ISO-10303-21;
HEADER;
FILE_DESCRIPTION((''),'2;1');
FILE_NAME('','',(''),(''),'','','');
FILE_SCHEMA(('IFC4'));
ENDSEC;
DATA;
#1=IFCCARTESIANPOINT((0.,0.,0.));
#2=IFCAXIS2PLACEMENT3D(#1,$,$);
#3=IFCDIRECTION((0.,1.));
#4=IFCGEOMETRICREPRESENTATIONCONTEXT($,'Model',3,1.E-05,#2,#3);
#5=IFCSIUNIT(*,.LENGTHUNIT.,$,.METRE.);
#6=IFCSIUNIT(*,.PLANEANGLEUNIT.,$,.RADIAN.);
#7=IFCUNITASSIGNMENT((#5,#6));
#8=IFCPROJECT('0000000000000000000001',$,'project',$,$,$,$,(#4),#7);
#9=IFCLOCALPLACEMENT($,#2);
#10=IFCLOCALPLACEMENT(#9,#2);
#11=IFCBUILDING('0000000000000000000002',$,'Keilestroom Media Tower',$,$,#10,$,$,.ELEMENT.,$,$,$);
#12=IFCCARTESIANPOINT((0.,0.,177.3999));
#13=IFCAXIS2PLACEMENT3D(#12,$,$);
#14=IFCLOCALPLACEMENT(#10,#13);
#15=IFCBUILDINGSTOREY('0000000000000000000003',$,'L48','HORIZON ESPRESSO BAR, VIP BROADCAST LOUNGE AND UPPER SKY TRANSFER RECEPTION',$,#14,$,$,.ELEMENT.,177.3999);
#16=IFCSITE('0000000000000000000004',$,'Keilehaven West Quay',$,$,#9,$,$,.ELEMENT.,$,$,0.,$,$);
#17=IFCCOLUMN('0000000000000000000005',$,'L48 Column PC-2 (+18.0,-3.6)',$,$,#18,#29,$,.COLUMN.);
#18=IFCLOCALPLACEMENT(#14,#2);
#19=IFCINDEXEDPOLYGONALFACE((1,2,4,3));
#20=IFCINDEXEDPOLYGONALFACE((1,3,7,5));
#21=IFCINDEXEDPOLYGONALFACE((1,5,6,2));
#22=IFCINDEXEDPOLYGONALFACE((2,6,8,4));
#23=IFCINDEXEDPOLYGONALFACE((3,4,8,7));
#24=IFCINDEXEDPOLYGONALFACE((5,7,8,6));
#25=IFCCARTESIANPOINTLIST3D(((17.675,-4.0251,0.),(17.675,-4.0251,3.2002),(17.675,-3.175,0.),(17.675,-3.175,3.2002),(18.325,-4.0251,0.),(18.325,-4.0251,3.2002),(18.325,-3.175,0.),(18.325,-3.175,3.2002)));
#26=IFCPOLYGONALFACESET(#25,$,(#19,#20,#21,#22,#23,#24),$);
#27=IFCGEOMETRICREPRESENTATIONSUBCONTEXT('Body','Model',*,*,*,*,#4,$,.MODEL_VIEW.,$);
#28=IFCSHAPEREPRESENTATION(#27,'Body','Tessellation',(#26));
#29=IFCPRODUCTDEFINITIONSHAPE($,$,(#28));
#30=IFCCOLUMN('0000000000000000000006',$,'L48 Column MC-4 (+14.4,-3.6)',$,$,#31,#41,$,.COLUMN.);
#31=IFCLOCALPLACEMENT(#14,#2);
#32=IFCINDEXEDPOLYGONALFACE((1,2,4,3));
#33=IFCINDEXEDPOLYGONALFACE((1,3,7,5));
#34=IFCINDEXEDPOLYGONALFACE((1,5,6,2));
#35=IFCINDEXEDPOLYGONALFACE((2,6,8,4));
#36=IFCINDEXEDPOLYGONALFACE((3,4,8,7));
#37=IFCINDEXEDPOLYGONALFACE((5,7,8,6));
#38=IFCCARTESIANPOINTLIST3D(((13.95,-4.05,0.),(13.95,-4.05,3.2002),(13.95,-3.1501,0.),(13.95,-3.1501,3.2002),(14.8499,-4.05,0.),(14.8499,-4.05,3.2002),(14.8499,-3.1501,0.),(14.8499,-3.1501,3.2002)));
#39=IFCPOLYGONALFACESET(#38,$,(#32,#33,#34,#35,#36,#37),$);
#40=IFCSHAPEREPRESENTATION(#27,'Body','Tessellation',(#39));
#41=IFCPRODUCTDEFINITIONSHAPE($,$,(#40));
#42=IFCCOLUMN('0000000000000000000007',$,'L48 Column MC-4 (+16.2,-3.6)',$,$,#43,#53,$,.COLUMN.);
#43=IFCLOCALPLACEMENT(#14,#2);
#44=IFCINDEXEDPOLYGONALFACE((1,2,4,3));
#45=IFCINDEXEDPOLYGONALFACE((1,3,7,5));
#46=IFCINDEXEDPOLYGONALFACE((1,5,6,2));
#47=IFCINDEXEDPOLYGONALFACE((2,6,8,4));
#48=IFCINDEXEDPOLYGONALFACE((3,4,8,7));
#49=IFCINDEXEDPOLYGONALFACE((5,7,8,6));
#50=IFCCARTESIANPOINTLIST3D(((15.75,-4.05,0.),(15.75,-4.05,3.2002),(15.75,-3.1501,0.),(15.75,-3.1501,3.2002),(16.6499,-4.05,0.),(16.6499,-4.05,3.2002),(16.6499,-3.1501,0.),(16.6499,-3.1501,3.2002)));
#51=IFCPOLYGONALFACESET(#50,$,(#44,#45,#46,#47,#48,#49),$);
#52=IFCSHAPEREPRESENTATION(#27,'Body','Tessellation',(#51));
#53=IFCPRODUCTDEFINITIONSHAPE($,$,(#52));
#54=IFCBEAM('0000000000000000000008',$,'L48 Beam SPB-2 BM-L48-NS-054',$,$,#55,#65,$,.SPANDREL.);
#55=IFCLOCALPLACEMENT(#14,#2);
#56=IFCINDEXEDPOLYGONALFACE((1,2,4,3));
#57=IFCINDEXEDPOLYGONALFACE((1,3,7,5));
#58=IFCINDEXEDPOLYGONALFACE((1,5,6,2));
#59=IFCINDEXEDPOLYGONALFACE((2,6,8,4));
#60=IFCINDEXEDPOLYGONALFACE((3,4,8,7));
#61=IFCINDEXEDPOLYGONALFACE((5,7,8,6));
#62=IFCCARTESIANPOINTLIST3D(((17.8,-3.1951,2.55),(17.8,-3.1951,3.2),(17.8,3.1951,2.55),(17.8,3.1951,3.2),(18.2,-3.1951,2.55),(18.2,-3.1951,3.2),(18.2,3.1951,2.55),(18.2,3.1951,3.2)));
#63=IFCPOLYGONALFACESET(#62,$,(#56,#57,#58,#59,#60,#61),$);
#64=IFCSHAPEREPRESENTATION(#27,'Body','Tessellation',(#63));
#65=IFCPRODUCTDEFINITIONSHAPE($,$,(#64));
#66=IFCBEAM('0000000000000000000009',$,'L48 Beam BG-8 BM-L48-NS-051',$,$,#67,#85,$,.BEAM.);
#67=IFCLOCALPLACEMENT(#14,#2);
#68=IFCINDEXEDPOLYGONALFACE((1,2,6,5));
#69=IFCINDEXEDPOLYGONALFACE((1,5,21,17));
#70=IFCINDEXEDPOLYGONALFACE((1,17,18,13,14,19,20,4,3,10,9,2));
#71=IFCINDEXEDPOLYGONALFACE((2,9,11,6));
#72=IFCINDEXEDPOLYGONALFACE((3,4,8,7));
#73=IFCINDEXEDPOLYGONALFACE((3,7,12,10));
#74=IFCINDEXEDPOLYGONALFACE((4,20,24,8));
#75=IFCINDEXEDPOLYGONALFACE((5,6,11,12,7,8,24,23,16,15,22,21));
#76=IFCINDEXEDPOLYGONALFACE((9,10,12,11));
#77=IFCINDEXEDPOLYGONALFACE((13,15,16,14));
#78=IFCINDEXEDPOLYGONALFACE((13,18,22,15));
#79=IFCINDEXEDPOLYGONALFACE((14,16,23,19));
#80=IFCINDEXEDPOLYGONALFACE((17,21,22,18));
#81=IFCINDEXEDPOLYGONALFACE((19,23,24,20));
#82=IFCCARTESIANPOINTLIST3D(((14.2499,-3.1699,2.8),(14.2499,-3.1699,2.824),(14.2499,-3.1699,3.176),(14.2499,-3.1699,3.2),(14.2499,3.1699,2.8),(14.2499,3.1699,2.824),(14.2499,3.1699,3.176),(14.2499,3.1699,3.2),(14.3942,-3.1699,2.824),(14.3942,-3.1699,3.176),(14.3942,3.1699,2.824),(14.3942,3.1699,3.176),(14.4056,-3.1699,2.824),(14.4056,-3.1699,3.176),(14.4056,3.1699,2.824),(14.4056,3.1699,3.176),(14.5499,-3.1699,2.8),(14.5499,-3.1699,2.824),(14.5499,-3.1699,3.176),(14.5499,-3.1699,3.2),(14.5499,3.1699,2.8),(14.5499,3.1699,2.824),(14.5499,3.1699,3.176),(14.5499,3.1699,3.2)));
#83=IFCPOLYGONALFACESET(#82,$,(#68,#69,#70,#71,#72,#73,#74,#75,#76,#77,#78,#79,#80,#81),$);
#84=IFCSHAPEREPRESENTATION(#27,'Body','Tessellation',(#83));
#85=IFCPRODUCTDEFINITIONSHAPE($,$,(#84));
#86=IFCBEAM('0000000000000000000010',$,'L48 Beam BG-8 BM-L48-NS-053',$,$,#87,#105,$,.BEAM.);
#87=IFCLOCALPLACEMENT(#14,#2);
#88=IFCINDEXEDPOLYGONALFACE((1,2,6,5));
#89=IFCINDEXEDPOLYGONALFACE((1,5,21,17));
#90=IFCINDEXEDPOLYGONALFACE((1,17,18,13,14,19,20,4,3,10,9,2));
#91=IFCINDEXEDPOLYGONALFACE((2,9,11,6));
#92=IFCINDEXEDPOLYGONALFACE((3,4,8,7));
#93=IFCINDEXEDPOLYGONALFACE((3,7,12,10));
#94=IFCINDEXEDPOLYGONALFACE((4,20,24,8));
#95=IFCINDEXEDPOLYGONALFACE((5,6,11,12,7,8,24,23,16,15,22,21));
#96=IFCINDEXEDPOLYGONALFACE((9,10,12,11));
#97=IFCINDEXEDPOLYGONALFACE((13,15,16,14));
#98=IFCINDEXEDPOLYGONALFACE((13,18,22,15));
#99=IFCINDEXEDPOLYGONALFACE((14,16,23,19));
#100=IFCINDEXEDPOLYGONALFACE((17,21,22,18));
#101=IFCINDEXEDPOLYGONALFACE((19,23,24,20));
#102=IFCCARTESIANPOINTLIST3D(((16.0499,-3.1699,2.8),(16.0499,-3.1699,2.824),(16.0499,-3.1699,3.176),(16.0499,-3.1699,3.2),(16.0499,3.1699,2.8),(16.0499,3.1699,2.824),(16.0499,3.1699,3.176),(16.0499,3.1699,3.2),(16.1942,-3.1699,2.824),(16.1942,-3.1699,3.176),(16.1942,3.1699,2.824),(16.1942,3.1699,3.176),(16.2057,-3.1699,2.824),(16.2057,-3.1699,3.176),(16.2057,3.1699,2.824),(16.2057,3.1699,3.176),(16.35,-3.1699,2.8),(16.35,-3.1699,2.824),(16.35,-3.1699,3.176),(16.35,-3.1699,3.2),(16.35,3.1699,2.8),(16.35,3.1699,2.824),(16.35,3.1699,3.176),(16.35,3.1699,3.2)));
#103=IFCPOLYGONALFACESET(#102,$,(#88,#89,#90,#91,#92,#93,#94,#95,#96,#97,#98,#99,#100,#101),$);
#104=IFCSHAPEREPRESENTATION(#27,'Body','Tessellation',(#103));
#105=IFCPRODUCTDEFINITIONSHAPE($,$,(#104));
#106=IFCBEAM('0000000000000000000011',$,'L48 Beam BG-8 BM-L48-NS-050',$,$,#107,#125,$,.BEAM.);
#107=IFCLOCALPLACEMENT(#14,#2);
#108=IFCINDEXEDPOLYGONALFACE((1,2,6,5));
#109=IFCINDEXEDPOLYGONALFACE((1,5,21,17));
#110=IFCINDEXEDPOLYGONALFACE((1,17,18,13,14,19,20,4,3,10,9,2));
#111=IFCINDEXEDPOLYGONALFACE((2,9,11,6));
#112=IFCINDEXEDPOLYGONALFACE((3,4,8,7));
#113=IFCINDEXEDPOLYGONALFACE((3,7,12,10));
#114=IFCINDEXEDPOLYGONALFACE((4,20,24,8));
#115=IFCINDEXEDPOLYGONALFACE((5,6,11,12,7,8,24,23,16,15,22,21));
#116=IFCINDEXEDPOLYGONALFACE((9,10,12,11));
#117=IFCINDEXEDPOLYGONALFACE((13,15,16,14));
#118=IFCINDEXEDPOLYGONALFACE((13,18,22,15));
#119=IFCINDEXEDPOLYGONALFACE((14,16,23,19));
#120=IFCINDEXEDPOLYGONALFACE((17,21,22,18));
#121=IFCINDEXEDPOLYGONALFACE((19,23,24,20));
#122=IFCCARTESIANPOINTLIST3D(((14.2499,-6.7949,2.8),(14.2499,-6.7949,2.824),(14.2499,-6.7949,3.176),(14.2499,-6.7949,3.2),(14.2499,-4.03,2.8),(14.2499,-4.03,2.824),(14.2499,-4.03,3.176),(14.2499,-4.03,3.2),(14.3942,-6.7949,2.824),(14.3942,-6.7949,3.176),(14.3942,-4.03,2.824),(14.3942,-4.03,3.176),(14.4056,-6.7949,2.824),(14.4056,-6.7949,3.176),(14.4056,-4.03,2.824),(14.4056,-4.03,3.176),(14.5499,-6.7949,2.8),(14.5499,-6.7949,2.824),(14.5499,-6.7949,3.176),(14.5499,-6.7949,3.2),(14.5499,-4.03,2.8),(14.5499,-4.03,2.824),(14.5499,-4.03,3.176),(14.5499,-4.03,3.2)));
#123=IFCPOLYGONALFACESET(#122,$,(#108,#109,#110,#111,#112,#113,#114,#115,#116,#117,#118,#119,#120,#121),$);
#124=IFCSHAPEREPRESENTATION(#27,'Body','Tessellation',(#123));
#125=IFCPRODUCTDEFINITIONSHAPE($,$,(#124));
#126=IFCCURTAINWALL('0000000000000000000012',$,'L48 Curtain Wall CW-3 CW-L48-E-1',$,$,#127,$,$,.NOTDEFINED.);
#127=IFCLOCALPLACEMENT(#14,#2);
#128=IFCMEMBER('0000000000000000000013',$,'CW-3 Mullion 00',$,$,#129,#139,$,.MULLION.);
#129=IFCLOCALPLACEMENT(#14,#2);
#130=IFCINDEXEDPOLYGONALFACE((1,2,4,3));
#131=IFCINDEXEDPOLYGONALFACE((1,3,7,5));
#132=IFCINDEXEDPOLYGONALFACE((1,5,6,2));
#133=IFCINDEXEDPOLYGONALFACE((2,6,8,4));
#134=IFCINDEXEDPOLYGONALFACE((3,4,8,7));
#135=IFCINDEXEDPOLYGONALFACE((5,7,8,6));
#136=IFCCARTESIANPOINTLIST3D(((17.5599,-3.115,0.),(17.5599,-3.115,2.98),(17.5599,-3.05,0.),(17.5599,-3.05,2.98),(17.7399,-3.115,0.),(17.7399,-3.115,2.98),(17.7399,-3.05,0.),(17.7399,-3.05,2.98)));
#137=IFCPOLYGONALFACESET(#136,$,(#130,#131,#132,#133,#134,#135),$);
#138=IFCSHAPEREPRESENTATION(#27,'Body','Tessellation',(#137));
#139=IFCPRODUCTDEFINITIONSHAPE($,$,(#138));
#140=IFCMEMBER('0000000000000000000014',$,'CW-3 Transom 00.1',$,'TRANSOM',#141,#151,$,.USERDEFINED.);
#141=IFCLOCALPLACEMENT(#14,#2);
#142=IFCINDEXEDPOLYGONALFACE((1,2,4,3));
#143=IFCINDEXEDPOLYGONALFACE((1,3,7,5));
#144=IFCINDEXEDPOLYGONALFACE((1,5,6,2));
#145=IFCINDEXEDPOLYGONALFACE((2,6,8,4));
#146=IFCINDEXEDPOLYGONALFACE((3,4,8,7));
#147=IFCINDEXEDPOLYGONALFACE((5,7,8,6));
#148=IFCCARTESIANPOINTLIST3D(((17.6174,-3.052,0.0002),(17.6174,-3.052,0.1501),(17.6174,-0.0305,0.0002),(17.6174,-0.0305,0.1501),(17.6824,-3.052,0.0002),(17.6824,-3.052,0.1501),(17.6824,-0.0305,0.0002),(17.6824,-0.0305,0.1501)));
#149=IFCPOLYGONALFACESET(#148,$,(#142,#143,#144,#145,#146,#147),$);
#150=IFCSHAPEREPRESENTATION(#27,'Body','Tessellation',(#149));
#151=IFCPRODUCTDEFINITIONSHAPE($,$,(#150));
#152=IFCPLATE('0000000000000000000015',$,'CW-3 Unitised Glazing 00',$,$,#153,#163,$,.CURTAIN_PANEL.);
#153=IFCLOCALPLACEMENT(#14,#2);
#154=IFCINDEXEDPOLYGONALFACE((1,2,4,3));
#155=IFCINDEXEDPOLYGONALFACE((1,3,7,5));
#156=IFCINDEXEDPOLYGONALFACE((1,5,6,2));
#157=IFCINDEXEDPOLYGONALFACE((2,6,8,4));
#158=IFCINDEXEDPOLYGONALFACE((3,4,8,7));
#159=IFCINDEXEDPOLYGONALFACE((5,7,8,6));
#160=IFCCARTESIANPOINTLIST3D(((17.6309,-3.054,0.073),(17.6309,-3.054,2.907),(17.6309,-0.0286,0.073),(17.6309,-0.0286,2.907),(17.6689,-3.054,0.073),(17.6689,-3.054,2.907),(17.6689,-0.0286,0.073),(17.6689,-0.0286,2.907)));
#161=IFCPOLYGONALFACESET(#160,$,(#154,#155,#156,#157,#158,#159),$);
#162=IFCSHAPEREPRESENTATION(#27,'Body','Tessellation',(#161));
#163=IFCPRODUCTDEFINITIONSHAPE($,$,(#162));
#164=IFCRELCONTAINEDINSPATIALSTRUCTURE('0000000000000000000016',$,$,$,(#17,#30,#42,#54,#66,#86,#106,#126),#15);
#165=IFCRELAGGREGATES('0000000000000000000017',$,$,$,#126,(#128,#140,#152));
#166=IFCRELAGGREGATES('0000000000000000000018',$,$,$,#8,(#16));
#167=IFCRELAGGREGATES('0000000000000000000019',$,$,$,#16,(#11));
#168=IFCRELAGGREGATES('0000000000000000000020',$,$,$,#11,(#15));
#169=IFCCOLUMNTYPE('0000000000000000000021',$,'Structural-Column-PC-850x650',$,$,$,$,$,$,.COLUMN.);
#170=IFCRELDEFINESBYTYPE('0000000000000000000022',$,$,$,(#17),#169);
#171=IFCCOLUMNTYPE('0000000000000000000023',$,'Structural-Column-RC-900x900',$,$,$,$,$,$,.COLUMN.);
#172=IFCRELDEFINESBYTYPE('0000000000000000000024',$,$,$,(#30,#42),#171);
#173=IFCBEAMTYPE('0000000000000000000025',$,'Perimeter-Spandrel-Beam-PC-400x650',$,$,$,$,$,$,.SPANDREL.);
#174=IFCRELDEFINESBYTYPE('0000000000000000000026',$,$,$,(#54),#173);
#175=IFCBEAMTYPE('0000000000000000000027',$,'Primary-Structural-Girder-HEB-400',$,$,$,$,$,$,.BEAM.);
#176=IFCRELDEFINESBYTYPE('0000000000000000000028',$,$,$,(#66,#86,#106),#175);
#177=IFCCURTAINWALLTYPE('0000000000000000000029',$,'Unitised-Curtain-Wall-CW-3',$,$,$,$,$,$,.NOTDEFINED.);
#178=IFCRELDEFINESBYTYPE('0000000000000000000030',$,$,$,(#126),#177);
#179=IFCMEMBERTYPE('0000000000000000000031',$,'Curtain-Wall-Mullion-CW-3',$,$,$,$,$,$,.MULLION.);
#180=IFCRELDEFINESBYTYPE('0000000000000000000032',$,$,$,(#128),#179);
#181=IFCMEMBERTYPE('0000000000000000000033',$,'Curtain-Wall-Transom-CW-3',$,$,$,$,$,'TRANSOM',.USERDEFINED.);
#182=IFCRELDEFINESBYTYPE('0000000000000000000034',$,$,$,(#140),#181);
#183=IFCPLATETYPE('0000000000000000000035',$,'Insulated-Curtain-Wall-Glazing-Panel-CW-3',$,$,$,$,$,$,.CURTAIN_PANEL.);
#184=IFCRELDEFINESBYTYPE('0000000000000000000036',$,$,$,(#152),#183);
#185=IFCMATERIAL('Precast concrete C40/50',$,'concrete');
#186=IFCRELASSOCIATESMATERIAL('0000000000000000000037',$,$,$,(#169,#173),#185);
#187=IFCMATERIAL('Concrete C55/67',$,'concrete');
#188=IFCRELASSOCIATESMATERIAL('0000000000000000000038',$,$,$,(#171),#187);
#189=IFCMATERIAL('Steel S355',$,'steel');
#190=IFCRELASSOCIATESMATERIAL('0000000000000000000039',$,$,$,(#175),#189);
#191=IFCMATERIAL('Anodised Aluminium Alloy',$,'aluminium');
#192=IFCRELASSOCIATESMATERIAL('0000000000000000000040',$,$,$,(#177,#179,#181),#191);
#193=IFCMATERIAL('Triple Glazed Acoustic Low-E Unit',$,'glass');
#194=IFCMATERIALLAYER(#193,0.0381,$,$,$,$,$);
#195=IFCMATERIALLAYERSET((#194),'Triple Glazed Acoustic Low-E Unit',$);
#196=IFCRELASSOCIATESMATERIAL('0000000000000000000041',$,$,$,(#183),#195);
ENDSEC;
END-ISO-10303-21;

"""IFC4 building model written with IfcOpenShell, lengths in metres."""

from ifc_helpers import new_model, si_unit, direction, frame, origin, origin_2d, place, context, subcontext, project, spatial, rectangle, i_section, extrude, source, transform, mapped, material, layer, layer_set, material_profile, profile_set, type_object, element, aggregate, save


model = new_model("IFC4")

# Units and contexts
model_context = context("Model", 3, precision=1e-05, world=origin(), true_north=direction((0.0, 1.0)))
body_context = subcontext(model_context, "Body", "Model", "MODEL_VIEW")
ifc_project = project(units=[si_unit("LENGTHUNIT", "METRE"), si_unit("PLANEANGLEUNIT", "RADIAN")], contexts=[model_context])

# Site, building, storey
site_placement = place(None, origin())
site = spatial("IfcSite", under=ifc_project, at=site_placement, Name="Keilehaven West Quay", CompositionType="ELEMENT", RefElevation=0.0)
building_placement = place(site_placement, origin())
building = spatial("IfcBuilding", under=site, at=building_placement, Name="Keilestroom Media Tower", CompositionType="ELEMENT")
storey_placement = place(building_placement, frame((0.0, 0.0, 177.3999)))
storey = spatial("IfcBuildingStorey", under=building, at=storey_placement, Name="L48", Description="HORIZON ESPRESSO BAR, VIP BROADCAST LOUNGE AND UPPER SKY TRANSFER RECEPTION", CompositionType="ELEMENT", Elevation=177.3999)

# Columns
ifc_material_1 = material(Name="Precast concrete C40/50", Category="concrete")
ifc_material_profile_1 = material_profile(ifc_material_1, rectangle(XDim=0.6499, YDim=0.8501, at=origin_2d()), Name="PC 850x650")
ifc_profile_set_1 = profile_set([ifc_material_profile_1], Name="Precast concrete C40/50")
column_type_1 = type_object("IfcColumnType", Name="Structural-Column-PC-850x650", PredefinedType="COLUMN", material=ifc_profile_set_1)
shared_shape_1 = source(origin(), body_context, "Body", "SweptSolid", [
    extrude(rectangle(XDim=0.6499, YDim=0.8501, at=origin_2d()), origin(), (0.0, 0.0, 1.0), 3.2002),
])
column_placement = place(storey_placement, frame((18.0, -3.6001, 0.0), z_axis=(0.0, 0.0, 1.0), x_axis=(1.0, 0.0, 0.0)))
element("IfcColumn", 1, at=column_placement, inside=storey, type_object=column_type_1, Name="L48 Column PC-2 (+18.0,-3.6)", PredefinedType="COLUMN", context=body_context, shape_type="MappedRepresentation", body=[
    mapped(shared_shape_1, transform((0.0, 0.0, 0.0), x_axis=(1.0, 0.0, 0.0), y_axis=(0.0, 1.0, 0.0), z_axis=(0.0, 0.0, 1.0), scale=1.0)),
])
ifc_material_2 = material(Name="Concrete C55/67", Category="concrete")
ifc_material_profile_2 = material_profile(ifc_material_2, rectangle(XDim=0.8999, YDim=0.8999, at=origin_2d()), Name="RC 900x900")
ifc_profile_set_2 = profile_set([ifc_material_profile_2], Name="Concrete C55/67")
column_type_2 = type_object("IfcColumnType", Name="Structural-Column-RC-900x900", PredefinedType="COLUMN", material=ifc_profile_set_2)
shared_shape_2 = source(origin(), body_context, "Body", "SweptSolid", [
    extrude(rectangle(XDim=0.8999, YDim=0.8999, at=origin_2d()), origin(), (0.0, 0.0, 1.0), 3.2002),
])
for number, where, z_axis, x_axis, name in (
    (2, (14.3999, -3.6001, 0.0), (0.0, 0.0, 1.0), (1.0, 0.0, 0.0), "L48 Column MC-4 (+14.4,-3.6)"),
    (3, (16.2, -3.6001, 0.0), (0.0, 0.0, 1.0), (1.0, 0.0, 0.0), "L48 Column MC-4 (+16.2,-3.6)"),
):
    element("IfcColumn", number, at=place(storey_placement, frame(where, z_axis=z_axis, x_axis=x_axis)), inside=storey, type_object=column_type_2, Name=name, PredefinedType="COLUMN", context=body_context, shape_type="MappedRepresentation", body=[
        mapped(shared_shape_2, transform((0.0, 0.0, 0.0), x_axis=(1.0, 0.0, 0.0), y_axis=(0.0, 1.0, 0.0), z_axis=(0.0, 0.0, 1.0), scale=1.0)),
    ])

# Beams
ifc_material_profile_3 = material_profile(ifc_material_1, rectangle(XDim=0.3999, YDim=0.6499, at=origin_2d()), Name="PC 400x650")
ifc_profile_set_3 = profile_set([ifc_material_profile_3], Name="Precast concrete C40/50")
beam_type_1 = type_object("IfcBeamType", Name="Perimeter-Spandrel-Beam-PC-400x650", PredefinedType="SPANDREL", material=ifc_profile_set_3)
shared_shape_3 = source(origin(), body_context, "Body", "SweptSolid", [
    extrude(rectangle(XDim=0.3999, YDim=0.6499, at=origin_2d()), origin(), (0.0, 0.0, 1.0), 6.3901),
])
beam_1_placement = place(storey_placement, frame((18.0, -3.1951, 2.875), z_axis=(0.0, 1.0, 0.0), x_axis=(-1.0, 0.0, 0.0)))
element("IfcBeam", 4, at=beam_1_placement, inside=storey, type_object=beam_type_1, Name="L48 Beam SPB-2 BM-L48-NS-054", PredefinedType="SPANDREL", context=body_context, shape_type="MappedRepresentation", body=[
    mapped(shared_shape_3, transform((0.0, 0.0, 0.0), x_axis=(1.0, 0.0, 0.0), y_axis=(0.0, 1.0, 0.0), z_axis=(0.0, 0.0, 1.0), scale=1.0)),
])
ifc_material_3 = material(Name="Steel S355", Category="steel")
ifc_material_profile_4 = material_profile(ifc_material_3, i_section(OverallWidth=0.3, OverallDepth=0.3999, WebThickness=0.0115, FlangeThickness=0.0239, at=origin_2d()), Name="HEB 400")
ifc_profile_set_4 = profile_set([ifc_material_profile_4], Name="Steel S355")
beam_type_2 = type_object("IfcBeamType", Name="Primary-Structural-Girder-HEB-400", PredefinedType="BEAM", material=ifc_profile_set_4)
shared_shape_4 = source(origin(), body_context, "Body", "SweptSolid", [
    extrude(i_section(OverallWidth=0.3, OverallDepth=0.3999, WebThickness=0.0115, FlangeThickness=0.0239, at=origin_2d()), origin(), (0.0, 0.0, 1.0), 6.3398),
])
for number, where, z_axis, x_axis, name in (
    (5, (14.3999, -3.1699, 3.0), (0.0, 1.0, 0.0), (-1.0, 0.0, 0.0), "L48 Beam BG-8 BM-L48-NS-051"),
    (6, (16.2, -3.1699, 3.0), (0.0, 1.0, 0.0), (-1.0, 0.0, 0.0), "L48 Beam BG-8 BM-L48-NS-053"),
):
    element("IfcBeam", number, at=place(storey_placement, frame(where, z_axis=z_axis, x_axis=x_axis)), inside=storey, type_object=beam_type_2, Name=name, PredefinedType="BEAM", context=body_context, shape_type="MappedRepresentation", body=[
        mapped(shared_shape_4, transform((0.0, 0.0, 0.0), x_axis=(1.0, 0.0, 0.0), y_axis=(0.0, 1.0, 0.0), z_axis=(0.0, 0.0, 1.0), scale=1.0)),
    ])
shared_shape_5 = source(origin(), body_context, "Body", "SweptSolid", [
    extrude(i_section(OverallWidth=0.3, OverallDepth=0.3999, WebThickness=0.0115, FlangeThickness=0.0239, at=origin_2d()), origin(), (0.0, 0.0, 1.0), 2.7649),
])
beam_2_placement = place(storey_placement, frame((14.3999, -6.7949, 3.0), z_axis=(0.0, 1.0, 0.0), x_axis=(-1.0, 0.0, 0.0)))
element("IfcBeam", 7, at=beam_2_placement, inside=storey, type_object=beam_type_2, Name="L48 Beam BG-8 BM-L48-NS-050", PredefinedType="BEAM", context=body_context, shape_type="MappedRepresentation", body=[
    mapped(shared_shape_5, transform((0.0, 0.0, 0.0), x_axis=(1.0, 0.0, 0.0), y_axis=(0.0, 1.0, 0.0), z_axis=(0.0, 0.0, 1.0), scale=1.0)),
])

# Curtain wall, members, plate
ifc_material_4 = material(Name="Anodised Aluminium Alloy", Category="aluminium")
curtain_wall_type = type_object("IfcCurtainWallType", Name="Unitised-Curtain-Wall-CW-3", PredefinedType="NOTDEFINED", material=ifc_material_4)
curtain_wall_placement = place(storey_placement, origin())
curtain_wall = element("IfcCurtainWall", 8, at=curtain_wall_placement, inside=storey, type_object=curtain_wall_type, Name="L48 Curtain Wall CW-3 CW-L48-E-1", PredefinedType="NOTDEFINED")
ifc_material_profile_5 = material_profile(ifc_material_4, rectangle(XDim=0.0649, YDim=0.1799, at=origin_2d()), Name="ALU MULLION 65x180")
ifc_profile_set_5 = profile_set([ifc_material_profile_5], Name="Anodised Aluminium Alloy")
member_type_1 = type_object("IfcMemberType", Name="Curtain-Wall-Mullion-CW-3", PredefinedType="MULLION", material=ifc_profile_set_5)
shared_shape_6 = source(origin(), body_context, "Body", "SweptSolid", [
    extrude(rectangle(XDim=0.0649, YDim=0.1799, at=origin_2d()), origin(), (0.0, 0.0, 1.0), 2.98),
])
member_1_placement = place(storey_placement, frame((17.6499, -3.0825, 0.0), z_axis=(0.0, 0.0, 1.0), x_axis=(0.0, 1.0, 0.0)))
member_1 = element("IfcMember", 9, at=member_1_placement, type_object=member_type_1, Name="CW-3 Mullion 00", PredefinedType="MULLION", context=body_context, shape_type="MappedRepresentation", body=[
    mapped(shared_shape_6, transform((0.0, 0.0, 0.0), x_axis=(1.0, 0.0, 0.0), y_axis=(0.0, 1.0, 0.0), z_axis=(0.0, 0.0, 1.0), scale=1.0)),
])
ifc_material_profile_6 = material_profile(ifc_material_4, rectangle(XDim=0.0649, YDim=0.1499, at=origin_2d()), Name="ALU TRANSOM 65x150")
ifc_profile_set_6 = profile_set([ifc_material_profile_6], Name="Anodised Aluminium Alloy")
member_type_2 = type_object("IfcMemberType", Name="Curtain-Wall-Transom-CW-3", ElementType="TRANSOM", PredefinedType="USERDEFINED", material=ifc_profile_set_6)
shared_shape_7 = source(origin(), body_context, "Body", "SweptSolid", [
    extrude(rectangle(XDim=0.0649, YDim=0.1499, at=origin_2d()), origin(), (0.0, 0.0, 1.0), 3.0215),
])
member_2_placement = place(storey_placement, frame((17.6499, -3.052, 0.0752), z_axis=(0.0, 1.0, 0.0), x_axis=(-1.0, 0.0, 0.0)))
member_2 = element("IfcMember", 10, at=member_2_placement, type_object=member_type_2, Name="CW-3 Transom 00.1", ObjectType="TRANSOM", PredefinedType="USERDEFINED", context=body_context, shape_type="MappedRepresentation", body=[
    mapped(shared_shape_7, transform((0.0, 0.0, 0.0), x_axis=(1.0, 0.0, 0.0), y_axis=(0.0, 1.0, 0.0), z_axis=(0.0, 0.0, 1.0), scale=1.0)),
])
ifc_material_5 = material(Name="Triple Glazed Acoustic Low-E Unit", Category="glass")
ifc_layer_1 = layer(ifc_material_5, 0.0381)
ifc_layer_set_1 = layer_set([ifc_layer_1], Name="Triple Glazed Acoustic Low-E Unit")
plate_type = type_object("IfcPlateType", Name="Insulated-Curtain-Wall-Glazing-Panel-CW-3", PredefinedType="CURTAIN_PANEL", material=ifc_layer_set_1)
shared_shape_8 = source(origin(), body_context, "Body", "SweptSolid", [
    extrude(rectangle(XDim=3.0254, YDim=0.0381, at=origin_2d()), origin(), (0.0, 0.0, 1.0), 2.834),
])
plate_placement = place(storey_placement, frame((17.6499, -1.5413, 0.073), z_axis=(0.0, 0.0, 1.0), x_axis=(0.0, 1.0, 0.0)))
plate = element("IfcPlate", 11, at=plate_placement, type_object=plate_type, Name="CW-3 Unitised Glazing 00", PredefinedType="CURTAIN_PANEL", context=body_context, shape_type="MappedRepresentation", body=[
    mapped(shared_shape_8, transform((0.0, 0.0, 0.0), x_axis=(1.0, 0.0, 0.0), y_axis=(0.0, 1.0, 0.0), z_axis=(0.0, 0.0, 1.0), scale=1.0)),
])
aggregate(curtain_wall, [member_1, member_2, plate])

save(model, "model.ifc")
